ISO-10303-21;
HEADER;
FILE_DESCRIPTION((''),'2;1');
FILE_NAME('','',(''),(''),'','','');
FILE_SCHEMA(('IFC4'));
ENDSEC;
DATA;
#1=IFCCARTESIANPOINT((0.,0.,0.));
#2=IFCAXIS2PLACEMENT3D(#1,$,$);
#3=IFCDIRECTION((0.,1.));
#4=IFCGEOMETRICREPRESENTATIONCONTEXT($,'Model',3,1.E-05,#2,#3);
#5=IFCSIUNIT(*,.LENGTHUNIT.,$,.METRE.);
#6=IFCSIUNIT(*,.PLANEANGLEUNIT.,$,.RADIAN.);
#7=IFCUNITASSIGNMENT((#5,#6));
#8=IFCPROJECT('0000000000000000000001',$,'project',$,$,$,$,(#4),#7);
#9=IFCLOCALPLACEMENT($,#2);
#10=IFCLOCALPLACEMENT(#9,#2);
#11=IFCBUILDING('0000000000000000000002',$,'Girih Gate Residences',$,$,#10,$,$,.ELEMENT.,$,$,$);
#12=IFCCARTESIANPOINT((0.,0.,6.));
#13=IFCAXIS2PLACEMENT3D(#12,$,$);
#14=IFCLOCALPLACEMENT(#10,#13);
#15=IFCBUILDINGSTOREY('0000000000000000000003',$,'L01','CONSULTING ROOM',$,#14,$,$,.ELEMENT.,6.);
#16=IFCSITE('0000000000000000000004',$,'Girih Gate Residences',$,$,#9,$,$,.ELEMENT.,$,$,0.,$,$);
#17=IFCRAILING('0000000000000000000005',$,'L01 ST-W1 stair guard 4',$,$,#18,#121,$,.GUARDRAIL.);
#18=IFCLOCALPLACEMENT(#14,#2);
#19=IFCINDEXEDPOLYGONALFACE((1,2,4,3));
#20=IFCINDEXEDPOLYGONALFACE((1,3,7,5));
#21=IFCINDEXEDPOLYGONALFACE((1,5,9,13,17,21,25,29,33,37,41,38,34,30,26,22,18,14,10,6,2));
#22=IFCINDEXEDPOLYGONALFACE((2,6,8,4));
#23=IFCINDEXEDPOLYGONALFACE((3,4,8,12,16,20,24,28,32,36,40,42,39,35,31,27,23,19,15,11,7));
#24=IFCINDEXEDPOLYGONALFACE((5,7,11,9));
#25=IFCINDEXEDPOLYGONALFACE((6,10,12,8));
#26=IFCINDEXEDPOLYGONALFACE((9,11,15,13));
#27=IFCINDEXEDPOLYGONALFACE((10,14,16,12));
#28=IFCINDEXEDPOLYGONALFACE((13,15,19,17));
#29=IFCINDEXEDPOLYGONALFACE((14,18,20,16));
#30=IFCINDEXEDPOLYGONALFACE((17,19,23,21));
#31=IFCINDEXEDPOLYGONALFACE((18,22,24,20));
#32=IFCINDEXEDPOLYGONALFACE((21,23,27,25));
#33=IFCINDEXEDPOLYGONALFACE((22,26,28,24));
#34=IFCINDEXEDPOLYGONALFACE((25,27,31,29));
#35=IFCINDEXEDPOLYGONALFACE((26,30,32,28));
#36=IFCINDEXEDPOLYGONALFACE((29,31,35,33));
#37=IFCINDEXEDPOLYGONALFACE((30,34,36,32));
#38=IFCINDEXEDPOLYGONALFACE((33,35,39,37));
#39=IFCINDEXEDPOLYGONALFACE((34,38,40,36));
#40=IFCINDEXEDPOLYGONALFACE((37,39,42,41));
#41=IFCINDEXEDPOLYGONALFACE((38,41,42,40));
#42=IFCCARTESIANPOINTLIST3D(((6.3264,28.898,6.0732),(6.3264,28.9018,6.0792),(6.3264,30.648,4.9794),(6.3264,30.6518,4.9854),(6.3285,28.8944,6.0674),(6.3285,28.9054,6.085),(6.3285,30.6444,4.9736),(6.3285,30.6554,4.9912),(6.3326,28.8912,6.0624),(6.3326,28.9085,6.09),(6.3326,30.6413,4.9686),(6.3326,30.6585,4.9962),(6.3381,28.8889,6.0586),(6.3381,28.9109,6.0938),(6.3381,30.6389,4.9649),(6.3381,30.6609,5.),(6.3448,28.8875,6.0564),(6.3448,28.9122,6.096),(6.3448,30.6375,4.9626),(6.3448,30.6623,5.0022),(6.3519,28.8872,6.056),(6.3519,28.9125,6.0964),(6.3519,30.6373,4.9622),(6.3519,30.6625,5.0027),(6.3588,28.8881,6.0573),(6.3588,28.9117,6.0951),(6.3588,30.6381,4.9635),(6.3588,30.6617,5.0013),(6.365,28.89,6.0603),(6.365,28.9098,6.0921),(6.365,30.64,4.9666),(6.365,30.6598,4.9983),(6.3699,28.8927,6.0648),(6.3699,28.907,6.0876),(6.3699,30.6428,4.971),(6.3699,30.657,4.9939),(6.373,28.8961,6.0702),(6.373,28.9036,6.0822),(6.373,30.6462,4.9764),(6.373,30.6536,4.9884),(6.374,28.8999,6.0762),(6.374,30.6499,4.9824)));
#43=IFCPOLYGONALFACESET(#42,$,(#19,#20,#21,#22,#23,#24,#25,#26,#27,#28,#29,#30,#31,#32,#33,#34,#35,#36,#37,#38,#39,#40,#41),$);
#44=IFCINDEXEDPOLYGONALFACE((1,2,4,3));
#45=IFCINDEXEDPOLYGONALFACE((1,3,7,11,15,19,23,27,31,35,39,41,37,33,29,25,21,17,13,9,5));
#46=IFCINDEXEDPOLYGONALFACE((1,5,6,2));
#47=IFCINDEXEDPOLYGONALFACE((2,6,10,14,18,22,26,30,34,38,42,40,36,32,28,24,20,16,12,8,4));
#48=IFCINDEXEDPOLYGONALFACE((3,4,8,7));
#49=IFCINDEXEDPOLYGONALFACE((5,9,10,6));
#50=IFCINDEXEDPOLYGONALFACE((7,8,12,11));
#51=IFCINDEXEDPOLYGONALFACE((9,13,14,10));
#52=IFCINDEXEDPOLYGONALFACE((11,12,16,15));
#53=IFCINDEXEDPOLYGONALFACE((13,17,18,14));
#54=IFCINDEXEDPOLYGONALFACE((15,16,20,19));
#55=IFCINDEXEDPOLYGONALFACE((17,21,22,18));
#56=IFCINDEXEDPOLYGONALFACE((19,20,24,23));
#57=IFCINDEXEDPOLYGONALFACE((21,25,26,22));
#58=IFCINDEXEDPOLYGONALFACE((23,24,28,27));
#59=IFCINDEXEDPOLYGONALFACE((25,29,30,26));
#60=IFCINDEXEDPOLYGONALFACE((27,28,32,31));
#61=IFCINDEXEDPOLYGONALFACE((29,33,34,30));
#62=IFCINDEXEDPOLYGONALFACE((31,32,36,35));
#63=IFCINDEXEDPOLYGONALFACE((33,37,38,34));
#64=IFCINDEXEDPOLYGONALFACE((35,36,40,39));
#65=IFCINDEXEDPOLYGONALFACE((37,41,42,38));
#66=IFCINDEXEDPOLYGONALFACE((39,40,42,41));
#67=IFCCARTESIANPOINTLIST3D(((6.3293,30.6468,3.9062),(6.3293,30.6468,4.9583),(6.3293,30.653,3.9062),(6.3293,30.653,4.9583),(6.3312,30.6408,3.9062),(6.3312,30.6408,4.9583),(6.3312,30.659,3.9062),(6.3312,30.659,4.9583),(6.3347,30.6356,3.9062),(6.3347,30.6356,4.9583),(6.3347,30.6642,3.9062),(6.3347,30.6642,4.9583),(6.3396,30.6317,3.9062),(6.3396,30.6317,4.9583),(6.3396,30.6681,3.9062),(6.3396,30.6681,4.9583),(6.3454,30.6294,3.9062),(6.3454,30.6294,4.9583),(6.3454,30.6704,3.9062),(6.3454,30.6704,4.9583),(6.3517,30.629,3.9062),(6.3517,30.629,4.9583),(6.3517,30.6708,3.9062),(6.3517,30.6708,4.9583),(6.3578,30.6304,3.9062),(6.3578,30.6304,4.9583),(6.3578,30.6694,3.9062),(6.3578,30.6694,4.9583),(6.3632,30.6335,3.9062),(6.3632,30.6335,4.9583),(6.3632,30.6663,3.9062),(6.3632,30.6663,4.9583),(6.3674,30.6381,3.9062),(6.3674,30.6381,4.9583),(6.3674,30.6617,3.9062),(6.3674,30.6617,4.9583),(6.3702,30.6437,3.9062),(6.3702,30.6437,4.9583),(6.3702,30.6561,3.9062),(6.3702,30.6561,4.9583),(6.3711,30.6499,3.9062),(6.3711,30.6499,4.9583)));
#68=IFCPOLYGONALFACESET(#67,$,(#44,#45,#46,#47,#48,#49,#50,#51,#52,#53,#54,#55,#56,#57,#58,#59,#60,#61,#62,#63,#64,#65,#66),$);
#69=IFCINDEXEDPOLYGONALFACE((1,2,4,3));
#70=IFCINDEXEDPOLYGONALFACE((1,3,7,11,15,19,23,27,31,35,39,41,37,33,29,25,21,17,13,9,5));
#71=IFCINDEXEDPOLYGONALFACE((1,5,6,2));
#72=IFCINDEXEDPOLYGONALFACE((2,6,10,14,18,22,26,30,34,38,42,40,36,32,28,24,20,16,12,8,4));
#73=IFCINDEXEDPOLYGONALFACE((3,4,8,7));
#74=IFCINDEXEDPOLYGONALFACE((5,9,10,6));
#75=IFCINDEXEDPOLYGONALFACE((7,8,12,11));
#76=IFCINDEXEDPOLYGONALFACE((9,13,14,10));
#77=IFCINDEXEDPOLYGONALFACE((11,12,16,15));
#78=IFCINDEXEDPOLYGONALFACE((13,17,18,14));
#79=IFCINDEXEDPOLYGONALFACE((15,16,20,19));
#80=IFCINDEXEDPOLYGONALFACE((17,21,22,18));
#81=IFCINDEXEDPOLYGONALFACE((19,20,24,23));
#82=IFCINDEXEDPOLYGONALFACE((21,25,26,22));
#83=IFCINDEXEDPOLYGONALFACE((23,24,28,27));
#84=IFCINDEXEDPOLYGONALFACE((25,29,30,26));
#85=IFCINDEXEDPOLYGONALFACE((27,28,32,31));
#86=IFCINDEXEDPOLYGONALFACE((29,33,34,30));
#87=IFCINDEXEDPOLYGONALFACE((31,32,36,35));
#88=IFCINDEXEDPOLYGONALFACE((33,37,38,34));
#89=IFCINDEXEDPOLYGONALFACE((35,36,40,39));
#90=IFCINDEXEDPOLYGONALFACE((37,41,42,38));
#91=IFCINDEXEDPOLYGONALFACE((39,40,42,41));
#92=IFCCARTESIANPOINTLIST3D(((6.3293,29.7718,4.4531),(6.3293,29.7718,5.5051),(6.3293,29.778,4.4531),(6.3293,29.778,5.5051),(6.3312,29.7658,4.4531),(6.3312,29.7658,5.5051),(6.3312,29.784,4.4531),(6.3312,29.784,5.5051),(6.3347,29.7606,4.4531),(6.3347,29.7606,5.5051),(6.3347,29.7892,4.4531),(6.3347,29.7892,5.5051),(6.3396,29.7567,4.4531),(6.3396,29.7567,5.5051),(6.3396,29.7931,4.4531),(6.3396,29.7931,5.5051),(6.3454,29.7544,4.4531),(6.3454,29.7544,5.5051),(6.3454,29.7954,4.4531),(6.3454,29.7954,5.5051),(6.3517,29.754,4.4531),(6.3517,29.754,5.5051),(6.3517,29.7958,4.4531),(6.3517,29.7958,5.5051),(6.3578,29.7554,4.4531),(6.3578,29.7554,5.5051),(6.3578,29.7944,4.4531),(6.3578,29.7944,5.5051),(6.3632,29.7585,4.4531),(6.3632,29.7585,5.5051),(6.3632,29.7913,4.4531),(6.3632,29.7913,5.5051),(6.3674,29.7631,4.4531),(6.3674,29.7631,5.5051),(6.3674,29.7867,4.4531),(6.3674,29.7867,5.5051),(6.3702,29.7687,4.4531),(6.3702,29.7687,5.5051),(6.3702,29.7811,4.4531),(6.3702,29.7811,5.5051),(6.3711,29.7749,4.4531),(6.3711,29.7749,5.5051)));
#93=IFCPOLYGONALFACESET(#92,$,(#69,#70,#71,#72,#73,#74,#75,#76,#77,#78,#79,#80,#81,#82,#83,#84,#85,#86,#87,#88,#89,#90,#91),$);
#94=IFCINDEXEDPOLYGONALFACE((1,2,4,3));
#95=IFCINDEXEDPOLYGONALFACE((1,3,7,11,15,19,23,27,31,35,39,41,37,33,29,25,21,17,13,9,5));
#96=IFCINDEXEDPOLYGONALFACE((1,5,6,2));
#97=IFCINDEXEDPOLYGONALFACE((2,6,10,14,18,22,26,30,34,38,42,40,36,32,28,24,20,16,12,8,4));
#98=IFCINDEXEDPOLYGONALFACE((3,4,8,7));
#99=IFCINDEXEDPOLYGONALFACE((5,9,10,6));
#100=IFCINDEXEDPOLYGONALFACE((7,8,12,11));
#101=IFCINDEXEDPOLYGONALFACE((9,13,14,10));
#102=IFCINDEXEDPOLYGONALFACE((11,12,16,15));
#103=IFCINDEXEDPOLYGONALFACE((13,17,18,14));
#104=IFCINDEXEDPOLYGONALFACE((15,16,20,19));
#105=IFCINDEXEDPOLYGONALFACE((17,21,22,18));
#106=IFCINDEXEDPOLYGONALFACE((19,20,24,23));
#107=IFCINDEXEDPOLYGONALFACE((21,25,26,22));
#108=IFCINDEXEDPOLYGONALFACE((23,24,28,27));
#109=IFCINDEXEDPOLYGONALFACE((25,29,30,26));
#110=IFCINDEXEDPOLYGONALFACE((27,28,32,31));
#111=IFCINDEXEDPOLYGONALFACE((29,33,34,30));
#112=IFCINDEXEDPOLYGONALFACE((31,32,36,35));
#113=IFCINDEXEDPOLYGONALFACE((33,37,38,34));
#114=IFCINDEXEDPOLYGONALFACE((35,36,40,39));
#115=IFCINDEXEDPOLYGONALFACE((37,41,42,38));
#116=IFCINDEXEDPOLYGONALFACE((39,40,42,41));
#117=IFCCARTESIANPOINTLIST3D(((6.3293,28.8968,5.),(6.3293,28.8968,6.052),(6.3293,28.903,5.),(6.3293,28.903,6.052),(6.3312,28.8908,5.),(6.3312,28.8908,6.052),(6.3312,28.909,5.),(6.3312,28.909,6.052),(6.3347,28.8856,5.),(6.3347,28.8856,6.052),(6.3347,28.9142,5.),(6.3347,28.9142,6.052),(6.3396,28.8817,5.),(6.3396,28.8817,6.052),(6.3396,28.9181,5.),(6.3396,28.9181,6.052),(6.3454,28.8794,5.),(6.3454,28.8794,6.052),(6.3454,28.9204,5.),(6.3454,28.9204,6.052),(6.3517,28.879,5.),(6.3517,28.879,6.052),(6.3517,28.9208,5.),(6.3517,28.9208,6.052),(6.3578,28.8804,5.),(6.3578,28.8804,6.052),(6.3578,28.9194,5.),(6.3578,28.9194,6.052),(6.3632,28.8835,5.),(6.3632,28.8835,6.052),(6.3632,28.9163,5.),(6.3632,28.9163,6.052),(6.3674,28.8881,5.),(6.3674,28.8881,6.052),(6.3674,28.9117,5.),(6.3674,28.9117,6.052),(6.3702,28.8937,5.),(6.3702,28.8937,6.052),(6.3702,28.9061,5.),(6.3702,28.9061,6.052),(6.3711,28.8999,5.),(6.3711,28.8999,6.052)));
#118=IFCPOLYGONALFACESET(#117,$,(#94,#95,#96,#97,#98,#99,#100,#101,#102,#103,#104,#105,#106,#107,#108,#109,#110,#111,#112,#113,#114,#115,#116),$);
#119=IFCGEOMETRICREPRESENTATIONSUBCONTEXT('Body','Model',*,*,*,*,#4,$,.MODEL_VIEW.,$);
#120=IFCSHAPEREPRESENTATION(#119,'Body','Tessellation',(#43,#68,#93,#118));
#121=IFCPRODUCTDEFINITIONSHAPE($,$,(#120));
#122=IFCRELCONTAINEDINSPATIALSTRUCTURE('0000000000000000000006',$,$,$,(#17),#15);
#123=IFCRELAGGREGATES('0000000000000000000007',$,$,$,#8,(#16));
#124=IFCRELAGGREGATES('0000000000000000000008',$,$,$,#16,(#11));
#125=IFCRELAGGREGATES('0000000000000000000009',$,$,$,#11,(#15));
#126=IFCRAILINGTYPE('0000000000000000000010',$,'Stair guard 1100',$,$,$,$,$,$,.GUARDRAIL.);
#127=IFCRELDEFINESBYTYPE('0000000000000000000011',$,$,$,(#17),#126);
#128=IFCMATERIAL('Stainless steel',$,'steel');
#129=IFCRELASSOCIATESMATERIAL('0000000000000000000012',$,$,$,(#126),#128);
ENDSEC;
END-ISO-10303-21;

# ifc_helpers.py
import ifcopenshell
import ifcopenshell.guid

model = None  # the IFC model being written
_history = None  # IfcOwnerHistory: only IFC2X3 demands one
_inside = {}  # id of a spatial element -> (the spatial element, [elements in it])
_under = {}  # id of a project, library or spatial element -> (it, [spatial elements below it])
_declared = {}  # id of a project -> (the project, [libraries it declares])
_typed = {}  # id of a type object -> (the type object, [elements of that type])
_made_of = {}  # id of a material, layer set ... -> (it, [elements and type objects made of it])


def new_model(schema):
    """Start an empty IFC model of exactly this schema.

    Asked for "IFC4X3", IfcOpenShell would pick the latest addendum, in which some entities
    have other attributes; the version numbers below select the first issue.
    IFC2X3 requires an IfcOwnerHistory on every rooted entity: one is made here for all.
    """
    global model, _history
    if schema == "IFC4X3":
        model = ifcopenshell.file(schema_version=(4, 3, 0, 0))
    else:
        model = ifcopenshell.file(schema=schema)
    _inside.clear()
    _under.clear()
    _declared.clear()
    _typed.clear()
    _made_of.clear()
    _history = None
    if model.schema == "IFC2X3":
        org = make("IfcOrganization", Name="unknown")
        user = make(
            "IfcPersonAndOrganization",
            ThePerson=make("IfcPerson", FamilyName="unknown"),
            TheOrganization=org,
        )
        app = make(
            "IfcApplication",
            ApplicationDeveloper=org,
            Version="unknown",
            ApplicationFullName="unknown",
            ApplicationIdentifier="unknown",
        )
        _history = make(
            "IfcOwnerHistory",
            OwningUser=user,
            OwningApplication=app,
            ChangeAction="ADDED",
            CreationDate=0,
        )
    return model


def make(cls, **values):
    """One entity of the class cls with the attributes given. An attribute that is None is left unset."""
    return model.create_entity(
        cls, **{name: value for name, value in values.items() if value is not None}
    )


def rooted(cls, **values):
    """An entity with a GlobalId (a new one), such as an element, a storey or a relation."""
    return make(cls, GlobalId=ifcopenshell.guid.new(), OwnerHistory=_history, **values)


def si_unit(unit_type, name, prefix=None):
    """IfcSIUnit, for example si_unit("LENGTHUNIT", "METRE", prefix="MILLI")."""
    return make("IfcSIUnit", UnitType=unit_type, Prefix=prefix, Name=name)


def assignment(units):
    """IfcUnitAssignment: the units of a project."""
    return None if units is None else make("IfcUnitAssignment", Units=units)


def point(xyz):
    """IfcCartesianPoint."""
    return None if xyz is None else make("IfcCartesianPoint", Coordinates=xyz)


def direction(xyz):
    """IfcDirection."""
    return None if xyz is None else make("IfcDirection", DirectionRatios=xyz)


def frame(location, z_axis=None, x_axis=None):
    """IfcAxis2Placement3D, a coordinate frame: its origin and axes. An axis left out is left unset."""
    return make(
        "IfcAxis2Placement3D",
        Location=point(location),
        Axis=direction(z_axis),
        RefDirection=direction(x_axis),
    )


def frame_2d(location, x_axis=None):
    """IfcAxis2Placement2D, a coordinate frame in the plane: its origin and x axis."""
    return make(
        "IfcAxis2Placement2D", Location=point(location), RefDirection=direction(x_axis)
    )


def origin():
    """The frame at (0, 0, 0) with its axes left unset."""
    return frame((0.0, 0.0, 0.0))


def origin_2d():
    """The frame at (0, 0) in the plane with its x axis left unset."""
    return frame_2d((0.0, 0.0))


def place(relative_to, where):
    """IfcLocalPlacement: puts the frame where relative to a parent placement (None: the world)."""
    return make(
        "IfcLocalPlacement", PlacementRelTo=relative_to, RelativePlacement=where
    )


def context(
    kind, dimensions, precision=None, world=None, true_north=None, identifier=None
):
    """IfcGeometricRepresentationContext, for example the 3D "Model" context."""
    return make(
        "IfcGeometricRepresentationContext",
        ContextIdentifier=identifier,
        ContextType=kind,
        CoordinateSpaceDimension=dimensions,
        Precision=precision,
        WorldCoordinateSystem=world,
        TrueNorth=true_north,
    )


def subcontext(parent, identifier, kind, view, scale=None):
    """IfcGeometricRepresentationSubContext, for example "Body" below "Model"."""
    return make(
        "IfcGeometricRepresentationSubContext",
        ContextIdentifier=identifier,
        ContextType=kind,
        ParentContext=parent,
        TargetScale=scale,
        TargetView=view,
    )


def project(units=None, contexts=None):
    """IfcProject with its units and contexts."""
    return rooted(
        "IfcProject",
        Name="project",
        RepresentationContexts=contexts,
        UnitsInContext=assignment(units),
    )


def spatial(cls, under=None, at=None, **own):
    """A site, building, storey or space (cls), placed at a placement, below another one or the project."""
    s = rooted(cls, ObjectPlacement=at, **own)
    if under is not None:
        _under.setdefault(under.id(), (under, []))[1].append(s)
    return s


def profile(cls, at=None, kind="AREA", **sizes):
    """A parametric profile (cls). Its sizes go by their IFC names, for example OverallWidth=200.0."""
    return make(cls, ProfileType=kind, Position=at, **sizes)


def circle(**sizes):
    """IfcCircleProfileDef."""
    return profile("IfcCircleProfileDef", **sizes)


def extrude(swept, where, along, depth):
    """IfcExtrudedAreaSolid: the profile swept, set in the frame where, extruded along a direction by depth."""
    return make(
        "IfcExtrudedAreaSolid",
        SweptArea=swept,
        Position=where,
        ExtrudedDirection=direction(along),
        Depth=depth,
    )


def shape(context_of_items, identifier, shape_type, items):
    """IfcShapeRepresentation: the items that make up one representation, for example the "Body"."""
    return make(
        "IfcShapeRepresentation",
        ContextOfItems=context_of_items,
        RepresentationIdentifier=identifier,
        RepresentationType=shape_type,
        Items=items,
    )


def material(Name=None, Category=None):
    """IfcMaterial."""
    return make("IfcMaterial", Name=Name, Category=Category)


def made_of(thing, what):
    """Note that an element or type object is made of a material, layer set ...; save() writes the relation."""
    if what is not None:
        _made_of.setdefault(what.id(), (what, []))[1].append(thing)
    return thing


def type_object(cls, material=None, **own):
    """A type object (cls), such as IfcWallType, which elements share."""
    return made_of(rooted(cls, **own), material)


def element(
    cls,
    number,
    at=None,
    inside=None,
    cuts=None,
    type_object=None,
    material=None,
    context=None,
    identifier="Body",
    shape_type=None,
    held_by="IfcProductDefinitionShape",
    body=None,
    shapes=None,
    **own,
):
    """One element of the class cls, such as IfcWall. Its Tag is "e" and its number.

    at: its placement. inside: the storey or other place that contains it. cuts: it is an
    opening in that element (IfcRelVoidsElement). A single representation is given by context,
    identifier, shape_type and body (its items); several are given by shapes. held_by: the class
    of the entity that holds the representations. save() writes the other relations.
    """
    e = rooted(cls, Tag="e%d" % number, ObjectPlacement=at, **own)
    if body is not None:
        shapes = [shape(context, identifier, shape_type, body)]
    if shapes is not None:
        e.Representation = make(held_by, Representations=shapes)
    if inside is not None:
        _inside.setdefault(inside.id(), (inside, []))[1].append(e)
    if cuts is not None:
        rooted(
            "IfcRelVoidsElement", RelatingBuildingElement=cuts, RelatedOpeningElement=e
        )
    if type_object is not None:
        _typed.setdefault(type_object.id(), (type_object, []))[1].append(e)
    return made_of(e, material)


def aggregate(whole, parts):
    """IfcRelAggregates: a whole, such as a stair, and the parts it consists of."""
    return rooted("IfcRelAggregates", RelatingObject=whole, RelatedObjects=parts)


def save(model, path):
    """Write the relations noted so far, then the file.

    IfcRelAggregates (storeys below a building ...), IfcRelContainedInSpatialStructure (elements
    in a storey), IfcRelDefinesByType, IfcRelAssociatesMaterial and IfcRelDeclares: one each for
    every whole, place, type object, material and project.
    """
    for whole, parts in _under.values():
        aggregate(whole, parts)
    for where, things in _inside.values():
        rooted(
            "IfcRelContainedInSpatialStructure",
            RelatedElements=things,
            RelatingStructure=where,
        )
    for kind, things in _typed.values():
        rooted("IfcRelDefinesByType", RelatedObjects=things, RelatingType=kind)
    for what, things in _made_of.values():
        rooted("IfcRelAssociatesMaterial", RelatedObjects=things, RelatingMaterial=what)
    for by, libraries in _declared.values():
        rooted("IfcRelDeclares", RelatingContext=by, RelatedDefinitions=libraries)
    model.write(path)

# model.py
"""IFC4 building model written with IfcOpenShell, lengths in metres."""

from ifc_helpers import new_model, si_unit, direction, frame, origin, origin_2d, place, context, subcontext, project, spatial, circle, extrude, material, type_object, element, save


model = new_model("IFC4")

# Units and contexts
model_context = context("Model", 3, precision=1e-05, world=origin(), true_north=direction((0.0, 1.0)))
body_context = subcontext(model_context, "Body", "Model", "MODEL_VIEW")
ifc_project = project(units=[si_unit("LENGTHUNIT", "METRE"), si_unit("PLANEANGLEUNIT", "RADIAN")], contexts=[model_context])

# Site, building, storey
site_placement = place(None, origin())
site = spatial("IfcSite", under=ifc_project, at=site_placement, Name="Girih Gate Residences", CompositionType="ELEMENT", RefElevation=0.0)
building_placement = place(site_placement, origin())
building = spatial("IfcBuilding", under=site, at=building_placement, Name="Girih Gate Residences", CompositionType="ELEMENT")
storey_placement = place(building_placement, frame((0.0, 0.0, 6.0)))
storey = spatial("IfcBuildingStorey", under=building, at=storey_placement, Name="L01", Description="CONSULTING ROOM", CompositionType="ELEMENT", Elevation=6.0)

# Railing
ifc_material_1 = material(Name="Stainless steel", Category="steel")
railing_type_1 = type_object("IfcRailingType", Name="Stair guard 1100", PredefinedType="GUARDRAIL", material=ifc_material_1)
railing_1_placement = place(storey_placement, frame((6.3501, 30.6499, 3.9062)))
element("IfcRailing", 1, at=railing_1_placement, inside=storey, type_object=railing_type_1, Name="L01 ST-W1 stair guard 4", PredefinedType="GUARDRAIL", context=body_context, shape_type="SweptSolid", body=[
    extrude(circle(Radius=0.0239, at=origin_2d()), frame((0.0, 0.0, 1.0762), z_axis=(0.0, -0.847998, 0.529999), x_axis=(1.0, 0.0, 0.0)), (0.0, 0.0, 1.0), 2.0637),
    extrude(circle(Radius=0.021, at=origin_2d()), origin(), (0.0, 0.0, 1.0), 1.052),
    extrude(circle(Radius=0.021, at=origin_2d()), frame((0.0, -0.875, 0.5469)), (0.0, 0.0, 1.0), 1.052),
    extrude(circle(Radius=0.021, at=origin_2d()), frame((0.0, -1.75, 1.0938)), (0.0, 0.0, 1.0), 1.052),
])

save(model, "model.ifc")
